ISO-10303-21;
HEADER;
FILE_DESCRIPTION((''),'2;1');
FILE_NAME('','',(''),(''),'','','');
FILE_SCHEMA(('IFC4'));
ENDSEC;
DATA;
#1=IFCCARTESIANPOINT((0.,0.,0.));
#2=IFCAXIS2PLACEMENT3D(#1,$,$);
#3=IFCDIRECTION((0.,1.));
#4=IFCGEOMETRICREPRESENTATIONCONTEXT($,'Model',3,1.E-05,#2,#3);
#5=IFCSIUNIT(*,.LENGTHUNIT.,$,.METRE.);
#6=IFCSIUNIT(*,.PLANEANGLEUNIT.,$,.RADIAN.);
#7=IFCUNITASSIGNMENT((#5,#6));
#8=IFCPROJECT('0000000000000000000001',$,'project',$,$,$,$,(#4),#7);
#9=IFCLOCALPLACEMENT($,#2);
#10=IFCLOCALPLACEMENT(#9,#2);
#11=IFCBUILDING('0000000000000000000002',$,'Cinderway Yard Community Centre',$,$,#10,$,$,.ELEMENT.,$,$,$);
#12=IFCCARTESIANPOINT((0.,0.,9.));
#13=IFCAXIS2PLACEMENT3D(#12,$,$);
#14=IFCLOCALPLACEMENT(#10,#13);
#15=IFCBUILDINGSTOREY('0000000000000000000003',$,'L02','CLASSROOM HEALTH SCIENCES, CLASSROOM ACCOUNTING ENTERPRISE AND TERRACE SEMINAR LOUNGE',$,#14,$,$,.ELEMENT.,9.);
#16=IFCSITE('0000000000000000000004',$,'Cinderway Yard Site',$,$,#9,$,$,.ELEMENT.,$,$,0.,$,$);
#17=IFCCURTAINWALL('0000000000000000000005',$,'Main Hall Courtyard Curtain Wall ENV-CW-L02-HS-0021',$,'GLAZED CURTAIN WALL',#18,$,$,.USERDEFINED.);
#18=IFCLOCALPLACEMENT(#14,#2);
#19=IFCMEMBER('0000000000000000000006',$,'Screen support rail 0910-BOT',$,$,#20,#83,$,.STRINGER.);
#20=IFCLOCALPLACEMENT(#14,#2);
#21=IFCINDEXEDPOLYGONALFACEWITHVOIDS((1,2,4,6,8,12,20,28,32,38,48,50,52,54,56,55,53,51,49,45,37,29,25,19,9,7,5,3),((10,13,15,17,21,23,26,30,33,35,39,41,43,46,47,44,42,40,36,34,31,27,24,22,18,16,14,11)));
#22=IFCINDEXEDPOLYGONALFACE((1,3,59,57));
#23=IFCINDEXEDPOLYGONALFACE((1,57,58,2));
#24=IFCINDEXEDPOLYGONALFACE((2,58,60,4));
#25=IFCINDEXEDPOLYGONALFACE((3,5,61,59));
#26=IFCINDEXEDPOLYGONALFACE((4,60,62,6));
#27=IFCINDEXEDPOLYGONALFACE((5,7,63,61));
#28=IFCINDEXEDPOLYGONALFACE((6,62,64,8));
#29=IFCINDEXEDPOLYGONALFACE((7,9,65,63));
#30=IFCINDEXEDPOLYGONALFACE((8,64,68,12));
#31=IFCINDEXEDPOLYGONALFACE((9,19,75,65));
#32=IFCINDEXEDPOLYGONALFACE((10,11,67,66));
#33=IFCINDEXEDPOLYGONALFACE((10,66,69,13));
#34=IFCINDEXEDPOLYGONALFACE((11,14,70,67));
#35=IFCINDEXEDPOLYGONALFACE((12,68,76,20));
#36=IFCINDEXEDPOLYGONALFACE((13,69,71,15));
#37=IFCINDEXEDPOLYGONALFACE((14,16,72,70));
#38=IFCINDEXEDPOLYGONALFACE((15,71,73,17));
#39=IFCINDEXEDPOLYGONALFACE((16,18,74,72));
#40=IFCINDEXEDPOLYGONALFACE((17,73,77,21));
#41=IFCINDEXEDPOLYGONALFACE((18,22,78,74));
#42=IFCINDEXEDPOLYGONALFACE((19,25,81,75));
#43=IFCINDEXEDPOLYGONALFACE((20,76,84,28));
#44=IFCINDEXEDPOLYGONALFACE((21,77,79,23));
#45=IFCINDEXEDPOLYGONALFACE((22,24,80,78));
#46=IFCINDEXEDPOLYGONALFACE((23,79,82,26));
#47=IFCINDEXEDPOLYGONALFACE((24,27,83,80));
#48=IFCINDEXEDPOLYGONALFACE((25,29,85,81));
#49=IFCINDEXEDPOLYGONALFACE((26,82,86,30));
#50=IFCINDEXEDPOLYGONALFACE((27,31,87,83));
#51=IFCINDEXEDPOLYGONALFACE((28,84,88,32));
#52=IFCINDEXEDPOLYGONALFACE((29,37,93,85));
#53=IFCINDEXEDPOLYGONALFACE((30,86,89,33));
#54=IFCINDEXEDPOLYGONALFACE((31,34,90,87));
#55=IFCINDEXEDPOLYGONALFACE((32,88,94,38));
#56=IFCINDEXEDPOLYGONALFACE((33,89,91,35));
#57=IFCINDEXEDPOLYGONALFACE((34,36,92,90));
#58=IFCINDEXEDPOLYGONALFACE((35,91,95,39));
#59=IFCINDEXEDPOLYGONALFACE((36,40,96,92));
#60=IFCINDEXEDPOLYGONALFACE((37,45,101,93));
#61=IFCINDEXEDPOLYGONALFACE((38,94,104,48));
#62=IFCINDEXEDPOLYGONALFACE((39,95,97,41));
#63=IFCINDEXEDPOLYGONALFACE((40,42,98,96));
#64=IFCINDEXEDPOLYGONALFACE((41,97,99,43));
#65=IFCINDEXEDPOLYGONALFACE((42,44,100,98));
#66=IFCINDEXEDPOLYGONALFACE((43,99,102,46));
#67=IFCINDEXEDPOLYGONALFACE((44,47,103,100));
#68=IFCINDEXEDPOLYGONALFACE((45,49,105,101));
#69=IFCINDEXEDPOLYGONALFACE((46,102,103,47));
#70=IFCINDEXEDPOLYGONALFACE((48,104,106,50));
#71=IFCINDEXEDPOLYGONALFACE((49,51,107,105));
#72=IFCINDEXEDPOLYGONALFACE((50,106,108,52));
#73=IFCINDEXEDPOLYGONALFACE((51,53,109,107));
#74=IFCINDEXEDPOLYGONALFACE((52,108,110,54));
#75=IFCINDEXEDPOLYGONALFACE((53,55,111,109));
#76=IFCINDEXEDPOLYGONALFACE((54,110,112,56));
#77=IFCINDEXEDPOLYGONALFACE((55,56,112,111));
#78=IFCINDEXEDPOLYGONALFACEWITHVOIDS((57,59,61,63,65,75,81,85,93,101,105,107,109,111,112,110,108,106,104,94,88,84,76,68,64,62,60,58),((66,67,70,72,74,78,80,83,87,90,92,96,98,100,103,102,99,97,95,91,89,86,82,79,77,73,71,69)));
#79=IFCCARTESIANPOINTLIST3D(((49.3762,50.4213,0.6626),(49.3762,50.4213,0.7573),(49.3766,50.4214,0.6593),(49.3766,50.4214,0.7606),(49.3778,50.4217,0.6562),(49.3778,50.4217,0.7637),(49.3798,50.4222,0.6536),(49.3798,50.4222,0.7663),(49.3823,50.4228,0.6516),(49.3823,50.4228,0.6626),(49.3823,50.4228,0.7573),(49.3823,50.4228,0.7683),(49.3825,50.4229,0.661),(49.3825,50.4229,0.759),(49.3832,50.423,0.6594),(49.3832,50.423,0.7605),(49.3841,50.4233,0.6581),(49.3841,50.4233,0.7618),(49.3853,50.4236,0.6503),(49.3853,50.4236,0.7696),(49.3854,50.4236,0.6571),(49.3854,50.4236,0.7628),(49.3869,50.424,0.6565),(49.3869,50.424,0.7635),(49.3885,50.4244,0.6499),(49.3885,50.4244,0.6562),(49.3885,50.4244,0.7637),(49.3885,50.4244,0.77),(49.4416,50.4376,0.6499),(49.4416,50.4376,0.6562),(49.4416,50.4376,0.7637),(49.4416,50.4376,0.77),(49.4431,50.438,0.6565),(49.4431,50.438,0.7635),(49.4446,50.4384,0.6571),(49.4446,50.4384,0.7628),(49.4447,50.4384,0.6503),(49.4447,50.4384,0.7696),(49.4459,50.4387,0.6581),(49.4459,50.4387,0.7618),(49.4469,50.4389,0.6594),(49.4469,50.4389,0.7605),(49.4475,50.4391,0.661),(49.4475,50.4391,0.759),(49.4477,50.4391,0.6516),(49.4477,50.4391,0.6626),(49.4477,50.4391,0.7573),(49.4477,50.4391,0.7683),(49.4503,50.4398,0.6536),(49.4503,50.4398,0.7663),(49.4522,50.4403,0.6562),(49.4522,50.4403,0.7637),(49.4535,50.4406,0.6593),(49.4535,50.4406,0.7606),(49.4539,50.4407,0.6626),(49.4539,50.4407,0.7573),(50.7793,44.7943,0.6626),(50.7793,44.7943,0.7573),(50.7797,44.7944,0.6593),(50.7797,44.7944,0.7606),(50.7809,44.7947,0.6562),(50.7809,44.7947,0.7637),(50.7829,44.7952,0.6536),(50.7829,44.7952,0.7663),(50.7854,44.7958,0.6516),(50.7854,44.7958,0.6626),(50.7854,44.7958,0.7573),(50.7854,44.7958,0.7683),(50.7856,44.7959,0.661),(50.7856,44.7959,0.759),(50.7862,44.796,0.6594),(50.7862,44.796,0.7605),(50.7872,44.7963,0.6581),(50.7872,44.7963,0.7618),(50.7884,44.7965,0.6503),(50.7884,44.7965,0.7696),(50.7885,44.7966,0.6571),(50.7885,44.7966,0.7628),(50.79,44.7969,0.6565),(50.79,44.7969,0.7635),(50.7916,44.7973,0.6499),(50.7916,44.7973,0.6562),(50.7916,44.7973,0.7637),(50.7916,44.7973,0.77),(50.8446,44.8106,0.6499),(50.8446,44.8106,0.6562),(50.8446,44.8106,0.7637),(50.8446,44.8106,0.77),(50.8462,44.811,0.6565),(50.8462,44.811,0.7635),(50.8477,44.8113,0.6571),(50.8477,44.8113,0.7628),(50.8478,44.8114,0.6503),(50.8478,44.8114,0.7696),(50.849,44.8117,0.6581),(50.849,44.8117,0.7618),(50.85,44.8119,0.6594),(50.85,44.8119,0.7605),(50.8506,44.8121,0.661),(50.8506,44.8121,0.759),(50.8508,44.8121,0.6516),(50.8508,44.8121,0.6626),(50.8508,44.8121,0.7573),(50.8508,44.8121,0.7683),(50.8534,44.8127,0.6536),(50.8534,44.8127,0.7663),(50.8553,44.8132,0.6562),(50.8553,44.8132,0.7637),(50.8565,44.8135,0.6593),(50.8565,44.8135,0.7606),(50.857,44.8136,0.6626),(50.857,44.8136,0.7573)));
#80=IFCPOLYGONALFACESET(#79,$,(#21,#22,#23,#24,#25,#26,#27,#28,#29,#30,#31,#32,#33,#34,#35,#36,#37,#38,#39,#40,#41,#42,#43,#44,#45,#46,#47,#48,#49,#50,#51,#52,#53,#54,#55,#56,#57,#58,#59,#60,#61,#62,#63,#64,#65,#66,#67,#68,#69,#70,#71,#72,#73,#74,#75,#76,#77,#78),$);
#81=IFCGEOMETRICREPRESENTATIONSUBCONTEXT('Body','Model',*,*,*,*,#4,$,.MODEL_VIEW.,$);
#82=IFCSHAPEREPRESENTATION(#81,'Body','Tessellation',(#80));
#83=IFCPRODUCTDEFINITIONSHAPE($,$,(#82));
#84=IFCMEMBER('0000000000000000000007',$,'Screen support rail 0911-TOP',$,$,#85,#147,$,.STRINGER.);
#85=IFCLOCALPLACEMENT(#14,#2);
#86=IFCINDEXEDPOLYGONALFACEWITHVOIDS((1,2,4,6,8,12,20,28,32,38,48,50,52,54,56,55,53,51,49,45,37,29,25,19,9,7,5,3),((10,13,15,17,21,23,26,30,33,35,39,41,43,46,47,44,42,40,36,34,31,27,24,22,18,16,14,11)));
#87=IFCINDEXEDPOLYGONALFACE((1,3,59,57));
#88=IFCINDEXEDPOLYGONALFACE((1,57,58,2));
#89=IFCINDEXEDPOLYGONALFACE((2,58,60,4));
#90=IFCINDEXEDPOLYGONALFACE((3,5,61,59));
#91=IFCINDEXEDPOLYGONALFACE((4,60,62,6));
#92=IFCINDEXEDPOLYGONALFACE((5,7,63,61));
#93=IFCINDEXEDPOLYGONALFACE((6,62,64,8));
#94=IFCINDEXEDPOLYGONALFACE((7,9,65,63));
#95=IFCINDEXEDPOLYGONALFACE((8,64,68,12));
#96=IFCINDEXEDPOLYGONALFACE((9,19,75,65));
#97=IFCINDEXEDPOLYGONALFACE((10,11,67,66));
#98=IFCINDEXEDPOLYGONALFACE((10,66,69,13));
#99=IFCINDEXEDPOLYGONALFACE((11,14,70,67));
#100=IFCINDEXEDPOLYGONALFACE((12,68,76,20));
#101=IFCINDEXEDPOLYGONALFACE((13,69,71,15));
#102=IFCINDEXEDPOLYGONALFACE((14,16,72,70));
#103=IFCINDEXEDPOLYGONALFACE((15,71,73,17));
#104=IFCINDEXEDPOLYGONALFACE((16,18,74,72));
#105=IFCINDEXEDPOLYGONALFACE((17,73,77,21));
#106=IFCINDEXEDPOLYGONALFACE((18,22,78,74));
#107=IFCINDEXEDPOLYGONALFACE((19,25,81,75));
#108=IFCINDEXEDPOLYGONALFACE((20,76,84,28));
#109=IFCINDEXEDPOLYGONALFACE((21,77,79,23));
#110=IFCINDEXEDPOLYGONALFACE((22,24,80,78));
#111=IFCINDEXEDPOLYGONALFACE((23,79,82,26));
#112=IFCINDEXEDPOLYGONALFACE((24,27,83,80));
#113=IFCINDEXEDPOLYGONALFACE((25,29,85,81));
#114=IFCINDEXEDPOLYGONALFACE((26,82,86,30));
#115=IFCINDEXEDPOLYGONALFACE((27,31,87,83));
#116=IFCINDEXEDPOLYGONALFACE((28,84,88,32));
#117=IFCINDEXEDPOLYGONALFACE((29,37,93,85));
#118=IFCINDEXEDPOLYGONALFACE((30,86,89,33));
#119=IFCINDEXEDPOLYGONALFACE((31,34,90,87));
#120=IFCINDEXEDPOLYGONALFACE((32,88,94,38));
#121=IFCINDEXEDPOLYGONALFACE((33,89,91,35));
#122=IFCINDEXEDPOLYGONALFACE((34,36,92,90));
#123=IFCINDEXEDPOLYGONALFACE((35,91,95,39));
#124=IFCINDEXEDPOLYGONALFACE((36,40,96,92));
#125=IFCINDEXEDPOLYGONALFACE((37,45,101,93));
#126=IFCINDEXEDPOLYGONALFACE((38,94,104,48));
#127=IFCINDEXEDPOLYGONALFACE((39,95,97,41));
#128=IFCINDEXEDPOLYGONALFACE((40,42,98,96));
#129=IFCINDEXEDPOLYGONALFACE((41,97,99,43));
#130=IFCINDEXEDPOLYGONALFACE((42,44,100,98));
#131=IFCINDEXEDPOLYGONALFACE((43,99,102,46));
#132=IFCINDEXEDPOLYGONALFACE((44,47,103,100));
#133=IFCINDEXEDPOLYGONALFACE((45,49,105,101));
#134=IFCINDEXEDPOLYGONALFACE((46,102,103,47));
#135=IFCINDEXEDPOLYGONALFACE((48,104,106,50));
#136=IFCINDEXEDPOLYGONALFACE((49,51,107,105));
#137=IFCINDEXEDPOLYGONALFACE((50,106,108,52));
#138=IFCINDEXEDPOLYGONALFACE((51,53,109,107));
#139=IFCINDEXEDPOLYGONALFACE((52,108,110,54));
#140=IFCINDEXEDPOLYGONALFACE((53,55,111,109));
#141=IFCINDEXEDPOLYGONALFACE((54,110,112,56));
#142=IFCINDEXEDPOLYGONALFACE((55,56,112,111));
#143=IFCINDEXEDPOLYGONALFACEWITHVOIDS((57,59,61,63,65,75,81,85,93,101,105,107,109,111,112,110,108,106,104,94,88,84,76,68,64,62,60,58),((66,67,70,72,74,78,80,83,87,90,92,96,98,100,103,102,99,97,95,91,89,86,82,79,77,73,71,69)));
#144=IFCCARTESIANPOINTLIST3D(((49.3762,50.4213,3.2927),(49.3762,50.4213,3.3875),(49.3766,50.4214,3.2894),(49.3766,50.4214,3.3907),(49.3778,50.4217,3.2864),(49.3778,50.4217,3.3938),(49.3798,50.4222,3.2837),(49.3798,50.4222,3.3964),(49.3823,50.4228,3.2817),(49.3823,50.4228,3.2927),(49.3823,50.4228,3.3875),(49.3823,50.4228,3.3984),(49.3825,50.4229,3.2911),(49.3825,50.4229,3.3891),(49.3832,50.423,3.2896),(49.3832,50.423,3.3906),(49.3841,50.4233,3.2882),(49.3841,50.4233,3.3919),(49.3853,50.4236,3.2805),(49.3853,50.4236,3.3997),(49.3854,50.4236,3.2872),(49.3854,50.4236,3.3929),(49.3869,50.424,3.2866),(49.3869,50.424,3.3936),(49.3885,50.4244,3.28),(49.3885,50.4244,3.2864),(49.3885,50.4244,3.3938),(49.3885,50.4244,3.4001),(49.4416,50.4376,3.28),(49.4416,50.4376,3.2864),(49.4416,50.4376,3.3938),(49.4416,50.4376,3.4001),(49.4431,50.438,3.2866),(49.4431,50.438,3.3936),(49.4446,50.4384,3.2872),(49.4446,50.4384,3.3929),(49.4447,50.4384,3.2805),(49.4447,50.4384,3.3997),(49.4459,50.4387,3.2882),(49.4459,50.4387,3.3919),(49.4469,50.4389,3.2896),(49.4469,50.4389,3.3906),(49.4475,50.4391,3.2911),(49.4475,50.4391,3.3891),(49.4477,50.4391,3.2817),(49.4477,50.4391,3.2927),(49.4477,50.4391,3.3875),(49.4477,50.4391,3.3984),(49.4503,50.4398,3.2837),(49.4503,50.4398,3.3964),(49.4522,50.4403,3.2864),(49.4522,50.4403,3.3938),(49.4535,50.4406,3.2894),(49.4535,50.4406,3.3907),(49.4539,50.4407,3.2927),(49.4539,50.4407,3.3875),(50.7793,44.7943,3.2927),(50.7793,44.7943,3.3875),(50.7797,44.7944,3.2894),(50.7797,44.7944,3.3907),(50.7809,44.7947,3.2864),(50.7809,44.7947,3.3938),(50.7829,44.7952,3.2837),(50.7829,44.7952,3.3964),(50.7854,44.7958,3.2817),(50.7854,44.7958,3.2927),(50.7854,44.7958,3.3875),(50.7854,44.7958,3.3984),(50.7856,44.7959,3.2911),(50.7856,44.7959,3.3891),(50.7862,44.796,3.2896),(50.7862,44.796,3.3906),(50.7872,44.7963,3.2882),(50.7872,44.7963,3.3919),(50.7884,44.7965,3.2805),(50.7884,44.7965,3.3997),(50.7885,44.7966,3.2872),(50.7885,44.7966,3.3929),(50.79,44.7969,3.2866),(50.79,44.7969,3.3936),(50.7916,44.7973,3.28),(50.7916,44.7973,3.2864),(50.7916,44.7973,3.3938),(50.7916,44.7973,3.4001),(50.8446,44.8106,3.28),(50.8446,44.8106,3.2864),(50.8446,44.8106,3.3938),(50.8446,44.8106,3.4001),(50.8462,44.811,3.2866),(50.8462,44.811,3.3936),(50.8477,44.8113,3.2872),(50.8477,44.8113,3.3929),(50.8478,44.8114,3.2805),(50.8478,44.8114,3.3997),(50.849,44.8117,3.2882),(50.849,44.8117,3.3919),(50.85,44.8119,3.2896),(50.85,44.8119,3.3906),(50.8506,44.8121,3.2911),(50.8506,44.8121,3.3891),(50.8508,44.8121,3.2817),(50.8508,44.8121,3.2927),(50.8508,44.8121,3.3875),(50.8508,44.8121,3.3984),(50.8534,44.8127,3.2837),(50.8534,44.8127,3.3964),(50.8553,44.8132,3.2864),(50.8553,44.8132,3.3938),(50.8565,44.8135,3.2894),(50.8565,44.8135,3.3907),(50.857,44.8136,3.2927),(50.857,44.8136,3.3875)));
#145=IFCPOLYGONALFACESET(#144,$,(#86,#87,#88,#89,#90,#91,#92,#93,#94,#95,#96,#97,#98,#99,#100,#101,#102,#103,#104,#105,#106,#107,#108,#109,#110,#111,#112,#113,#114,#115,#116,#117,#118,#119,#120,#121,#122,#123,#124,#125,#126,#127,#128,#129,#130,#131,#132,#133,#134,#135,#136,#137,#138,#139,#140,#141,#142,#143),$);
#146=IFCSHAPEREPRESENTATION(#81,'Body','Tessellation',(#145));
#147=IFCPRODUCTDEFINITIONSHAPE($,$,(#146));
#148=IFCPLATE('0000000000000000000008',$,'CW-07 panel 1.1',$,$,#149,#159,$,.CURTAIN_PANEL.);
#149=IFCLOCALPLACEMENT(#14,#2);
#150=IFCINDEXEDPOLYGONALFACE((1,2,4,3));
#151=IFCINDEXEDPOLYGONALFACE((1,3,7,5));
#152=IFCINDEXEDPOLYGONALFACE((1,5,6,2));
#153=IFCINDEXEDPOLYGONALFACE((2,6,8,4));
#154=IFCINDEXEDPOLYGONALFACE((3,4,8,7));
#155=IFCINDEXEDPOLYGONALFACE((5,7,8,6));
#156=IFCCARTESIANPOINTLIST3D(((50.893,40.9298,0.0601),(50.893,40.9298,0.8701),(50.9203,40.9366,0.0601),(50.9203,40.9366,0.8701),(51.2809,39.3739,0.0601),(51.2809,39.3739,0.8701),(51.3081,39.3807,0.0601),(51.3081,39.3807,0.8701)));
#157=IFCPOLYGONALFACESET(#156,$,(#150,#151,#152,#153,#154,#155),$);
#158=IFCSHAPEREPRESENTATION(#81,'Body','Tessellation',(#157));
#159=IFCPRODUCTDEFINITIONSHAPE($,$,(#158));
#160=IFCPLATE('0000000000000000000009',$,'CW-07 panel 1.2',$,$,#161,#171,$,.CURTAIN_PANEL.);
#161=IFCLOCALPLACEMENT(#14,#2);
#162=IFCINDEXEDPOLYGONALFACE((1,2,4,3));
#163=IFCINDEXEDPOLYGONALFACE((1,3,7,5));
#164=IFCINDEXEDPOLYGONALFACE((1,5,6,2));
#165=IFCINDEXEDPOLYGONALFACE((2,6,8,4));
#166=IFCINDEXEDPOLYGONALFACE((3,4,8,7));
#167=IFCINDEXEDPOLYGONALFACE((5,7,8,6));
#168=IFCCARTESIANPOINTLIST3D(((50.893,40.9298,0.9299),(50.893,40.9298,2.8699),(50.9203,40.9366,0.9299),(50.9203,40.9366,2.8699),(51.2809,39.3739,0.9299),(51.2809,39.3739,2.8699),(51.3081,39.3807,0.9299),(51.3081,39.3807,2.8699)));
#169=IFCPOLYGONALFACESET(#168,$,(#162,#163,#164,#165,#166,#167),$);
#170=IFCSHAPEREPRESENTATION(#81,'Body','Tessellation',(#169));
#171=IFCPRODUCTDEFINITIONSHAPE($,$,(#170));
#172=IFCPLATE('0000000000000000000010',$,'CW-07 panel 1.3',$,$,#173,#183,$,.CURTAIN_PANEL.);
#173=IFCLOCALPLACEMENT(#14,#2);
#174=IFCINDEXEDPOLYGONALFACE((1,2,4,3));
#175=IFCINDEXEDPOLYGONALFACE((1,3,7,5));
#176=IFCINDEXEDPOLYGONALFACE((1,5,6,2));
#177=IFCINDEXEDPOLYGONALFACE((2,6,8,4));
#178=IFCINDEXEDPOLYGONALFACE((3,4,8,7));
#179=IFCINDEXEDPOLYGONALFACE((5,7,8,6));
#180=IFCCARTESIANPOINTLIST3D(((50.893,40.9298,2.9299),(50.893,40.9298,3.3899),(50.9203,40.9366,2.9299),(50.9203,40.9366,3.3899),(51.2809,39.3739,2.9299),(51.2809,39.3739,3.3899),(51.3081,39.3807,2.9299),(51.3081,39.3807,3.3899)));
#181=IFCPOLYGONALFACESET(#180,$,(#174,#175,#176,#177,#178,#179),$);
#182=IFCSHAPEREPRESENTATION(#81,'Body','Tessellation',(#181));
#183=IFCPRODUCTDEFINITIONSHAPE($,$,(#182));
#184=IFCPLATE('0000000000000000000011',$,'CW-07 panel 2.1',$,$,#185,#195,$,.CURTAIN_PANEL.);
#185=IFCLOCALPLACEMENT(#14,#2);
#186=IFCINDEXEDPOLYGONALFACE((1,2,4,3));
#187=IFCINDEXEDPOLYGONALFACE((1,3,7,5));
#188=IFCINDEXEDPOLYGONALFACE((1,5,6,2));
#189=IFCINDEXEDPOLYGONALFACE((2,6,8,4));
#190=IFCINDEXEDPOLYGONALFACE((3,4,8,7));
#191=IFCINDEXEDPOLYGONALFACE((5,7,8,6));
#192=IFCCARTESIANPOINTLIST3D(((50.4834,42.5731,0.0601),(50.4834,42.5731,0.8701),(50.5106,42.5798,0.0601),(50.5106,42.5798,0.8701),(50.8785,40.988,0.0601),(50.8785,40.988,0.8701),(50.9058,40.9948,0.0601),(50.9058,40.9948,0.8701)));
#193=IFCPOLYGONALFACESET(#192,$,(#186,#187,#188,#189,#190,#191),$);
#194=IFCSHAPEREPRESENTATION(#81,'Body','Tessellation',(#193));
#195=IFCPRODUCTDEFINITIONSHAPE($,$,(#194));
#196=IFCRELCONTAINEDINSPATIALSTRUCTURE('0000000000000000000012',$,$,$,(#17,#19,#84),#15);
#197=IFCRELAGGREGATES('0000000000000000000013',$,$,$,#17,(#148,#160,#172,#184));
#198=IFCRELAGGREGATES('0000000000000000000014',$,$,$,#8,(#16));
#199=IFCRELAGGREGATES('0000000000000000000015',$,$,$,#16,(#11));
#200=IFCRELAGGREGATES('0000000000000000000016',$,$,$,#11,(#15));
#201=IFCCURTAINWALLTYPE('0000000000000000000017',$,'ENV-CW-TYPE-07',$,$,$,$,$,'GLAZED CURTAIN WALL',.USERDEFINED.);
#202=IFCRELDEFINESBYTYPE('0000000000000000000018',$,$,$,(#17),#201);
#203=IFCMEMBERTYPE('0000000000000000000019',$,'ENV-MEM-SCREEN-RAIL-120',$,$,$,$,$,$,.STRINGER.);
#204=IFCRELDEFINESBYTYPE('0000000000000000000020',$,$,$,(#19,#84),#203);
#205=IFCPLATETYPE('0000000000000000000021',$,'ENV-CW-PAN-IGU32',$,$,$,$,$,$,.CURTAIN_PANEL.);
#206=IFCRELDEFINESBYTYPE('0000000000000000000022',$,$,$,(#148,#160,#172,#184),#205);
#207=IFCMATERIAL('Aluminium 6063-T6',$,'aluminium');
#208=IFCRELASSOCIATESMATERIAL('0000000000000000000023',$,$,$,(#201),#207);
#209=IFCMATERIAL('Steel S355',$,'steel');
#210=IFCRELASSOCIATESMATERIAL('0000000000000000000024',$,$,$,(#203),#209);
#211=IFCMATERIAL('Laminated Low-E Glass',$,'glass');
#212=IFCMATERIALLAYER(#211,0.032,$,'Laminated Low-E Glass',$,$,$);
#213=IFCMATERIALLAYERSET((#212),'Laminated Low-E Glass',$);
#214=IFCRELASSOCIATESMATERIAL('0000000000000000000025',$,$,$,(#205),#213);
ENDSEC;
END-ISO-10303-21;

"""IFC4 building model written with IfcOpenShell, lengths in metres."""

from ifc_helpers import new_model, si_unit, direction, frame, origin, origin_2d, place, context, subcontext, project, spatial, rectangle, hollow_rectangle, extrude, material, layer, layer_set, material_profile, profile_set, type_object, element, aggregate, save


model = new_model("IFC4")

# Units and contexts
model_context = context("Model", 3, precision=1e-05, world=origin(), true_north=direction((0.0, 1.0)))
body_context = subcontext(model_context, "Body", "Model", "MODEL_VIEW")
ifc_project = project(units=[si_unit("LENGTHUNIT", "METRE"), si_unit("PLANEANGLEUNIT", "RADIAN")], contexts=[model_context])

# Site, building, storey
site_placement = place(None, origin())
site = spatial("IfcSite", under=ifc_project, at=site_placement, Name="Cinderway Yard Site", CompositionType="ELEMENT", RefElevation=0.0)
building_placement = place(site_placement, origin())
building = spatial("IfcBuilding", under=site, at=building_placement, Name="Cinderway Yard Community Centre", CompositionType="ELEMENT")
storey_placement = place(building_placement, frame((0.0, 0.0, 9.0)))
storey = spatial("IfcBuildingStorey", under=building, at=storey_placement, Name="L02", Description="CLASSROOM HEALTH SCIENCES, CLASSROOM ACCOUNTING ENTERPRISE AND TERRACE SEMINAR LOUNGE", CompositionType="ELEMENT", Elevation=9.0)

# Curtain wall
ifc_material_1 = material(Name="Aluminium 6063-T6", Category="aluminium")
curtain_wall_type = type_object("IfcCurtainWallType", Name="ENV-CW-TYPE-07", ElementType="GLAZED CURTAIN WALL", PredefinedType="USERDEFINED", material=ifc_material_1)
curtain_wall_placement = place(storey_placement, origin())
curtain_wall = element("IfcCurtainWall", 1, at=curtain_wall_placement, inside=storey, type_object=curtain_wall_type, Name="Main Hall Courtyard Curtain Wall ENV-CW-L02-HS-0021", ObjectType="GLAZED CURTAIN WALL", PredefinedType="USERDEFINED")

# Members
ifc_material_2 = material(Name="Steel S355", Category="steel")
ifc_material_profile_1 = material_profile(ifc_material_2, hollow_rectangle(XDim=0.0801, YDim=0.1201, WallThickness=0.0063, InnerFilletRadius=0.0063, OuterFilletRadius=0.0127, at=origin_2d()), Name="Steel S355")
ifc_profile_set_1 = profile_set([ifc_material_profile_1], Name="Steel S355")
member_type_1 = type_object("IfcMemberType", Name="ENV-MEM-SCREEN-RAIL-120", PredefinedType="STRINGER", material=ifc_profile_set_1)
for number, where, z_axis, x_axis, name in (
    (2, (50.8181, 44.804, 0.71), (-0.241941, 0.970291, 0.0), (-0.970291, -0.241941, 0.0), "Screen support rail 0910-BOT"),
    (3, (50.8181, 44.804, 3.3401), (-0.241941, 0.970291, 0.0), (-0.970291, -0.241941, 0.0), "Screen support rail 0911-TOP"),
):
    element("IfcMember", number, at=place(storey_placement, frame(where, z_axis=z_axis, x_axis=x_axis)), inside=storey, type_object=member_type_1, Name=name, PredefinedType="STRINGER", context=body_context, shape_type="SweptSolid", body=[
        extrude(hollow_rectangle(XDim=0.0801, YDim=0.1201, WallThickness=0.0063, InnerFilletRadius=0.0063, OuterFilletRadius=0.0127, at=origin_2d()), origin(), (0.0, 0.0, 1.0), 5.7993),
    ])

# Plates
ifc_material_3 = material(Name="Laminated Low-E Glass", Category="glass")
ifc_layer_1 = layer(ifc_material_3, 0.032, Name="Laminated Low-E Glass")
ifc_layer_set_1 = layer_set([ifc_layer_1], Name="Laminated Low-E Glass")
plate_type_1 = type_object("IfcPlateType", Name="ENV-CW-PAN-IGU32", PredefinedType="CURTAIN_PANEL", material=ifc_layer_set_1)
plate_1_placement = place(storey_placement, frame((51.1006, 40.1553, 0.0601), z_axis=(0.0, 0.0, 1.0), x_axis=(-0.241887, 0.970304, 0.0)))
plate_1 = element("IfcPlate", 4, at=plate_1_placement, type_object=plate_type_1, Name="CW-07 panel 1.1", PredefinedType="CURTAIN_PANEL", context=body_context, shape_type="SweptSolid", body=[
    extrude(rectangle(XDim=1.6035, YDim=0.0281, at=origin_2d()), origin(), (0.0, 0.0, 1.0), 0.8101),
])
plate_2_placement = place(storey_placement, frame((51.1006, 40.1553, 0.9299), z_axis=(0.0, 0.0, 1.0), x_axis=(-0.241887, 0.970304, 0.0)))
plate_2 = element("IfcPlate", 5, at=plate_2_placement, type_object=plate_type_1, Name="CW-07 panel 1.2", PredefinedType="CURTAIN_PANEL", context=body_context, shape_type="SweptSolid", body=[
    extrude(rectangle(XDim=1.6035, YDim=0.0281, at=origin_2d()), origin(), (0.0, 0.0, 1.0), 1.9399),
])
plate_3_placement = place(storey_placement, frame((51.1006, 40.1553, 2.9299), z_axis=(0.0, 0.0, 1.0), x_axis=(-0.241887, 0.970304, 0.0)))
plate_3 = element("IfcPlate", 6, at=plate_3_placement, type_object=plate_type_1, Name="CW-07 panel 1.3", PredefinedType="CURTAIN_PANEL", context=body_context, shape_type="SweptSolid", body=[
    extrude(rectangle(XDim=1.6035, YDim=0.0281, at=origin_2d()), origin(), (0.0, 0.0, 1.0), 0.46),
])
plate_4_placement = place(storey_placement, frame((50.6946, 41.7839, 0.0601), z_axis=(0.0, 0.0, 1.0), x_axis=(-0.241887, 0.970304, 0.0)))
plate_4 = element("IfcPlate", 7, at=plate_4_placement, type_object=plate_type_1, Name="CW-07 panel 2.1", PredefinedType="CURTAIN_PANEL", context=body_context, shape_type="SweptSolid", body=[
    extrude(rectangle(XDim=1.6335, YDim=0.0281, at=origin_2d()), origin(), (0.0, 0.0, 1.0), 0.8101),
])
aggregate(curtain_wall, [plate_1, plate_2, plate_3, plate_4])

save(model, "model.ifc")
